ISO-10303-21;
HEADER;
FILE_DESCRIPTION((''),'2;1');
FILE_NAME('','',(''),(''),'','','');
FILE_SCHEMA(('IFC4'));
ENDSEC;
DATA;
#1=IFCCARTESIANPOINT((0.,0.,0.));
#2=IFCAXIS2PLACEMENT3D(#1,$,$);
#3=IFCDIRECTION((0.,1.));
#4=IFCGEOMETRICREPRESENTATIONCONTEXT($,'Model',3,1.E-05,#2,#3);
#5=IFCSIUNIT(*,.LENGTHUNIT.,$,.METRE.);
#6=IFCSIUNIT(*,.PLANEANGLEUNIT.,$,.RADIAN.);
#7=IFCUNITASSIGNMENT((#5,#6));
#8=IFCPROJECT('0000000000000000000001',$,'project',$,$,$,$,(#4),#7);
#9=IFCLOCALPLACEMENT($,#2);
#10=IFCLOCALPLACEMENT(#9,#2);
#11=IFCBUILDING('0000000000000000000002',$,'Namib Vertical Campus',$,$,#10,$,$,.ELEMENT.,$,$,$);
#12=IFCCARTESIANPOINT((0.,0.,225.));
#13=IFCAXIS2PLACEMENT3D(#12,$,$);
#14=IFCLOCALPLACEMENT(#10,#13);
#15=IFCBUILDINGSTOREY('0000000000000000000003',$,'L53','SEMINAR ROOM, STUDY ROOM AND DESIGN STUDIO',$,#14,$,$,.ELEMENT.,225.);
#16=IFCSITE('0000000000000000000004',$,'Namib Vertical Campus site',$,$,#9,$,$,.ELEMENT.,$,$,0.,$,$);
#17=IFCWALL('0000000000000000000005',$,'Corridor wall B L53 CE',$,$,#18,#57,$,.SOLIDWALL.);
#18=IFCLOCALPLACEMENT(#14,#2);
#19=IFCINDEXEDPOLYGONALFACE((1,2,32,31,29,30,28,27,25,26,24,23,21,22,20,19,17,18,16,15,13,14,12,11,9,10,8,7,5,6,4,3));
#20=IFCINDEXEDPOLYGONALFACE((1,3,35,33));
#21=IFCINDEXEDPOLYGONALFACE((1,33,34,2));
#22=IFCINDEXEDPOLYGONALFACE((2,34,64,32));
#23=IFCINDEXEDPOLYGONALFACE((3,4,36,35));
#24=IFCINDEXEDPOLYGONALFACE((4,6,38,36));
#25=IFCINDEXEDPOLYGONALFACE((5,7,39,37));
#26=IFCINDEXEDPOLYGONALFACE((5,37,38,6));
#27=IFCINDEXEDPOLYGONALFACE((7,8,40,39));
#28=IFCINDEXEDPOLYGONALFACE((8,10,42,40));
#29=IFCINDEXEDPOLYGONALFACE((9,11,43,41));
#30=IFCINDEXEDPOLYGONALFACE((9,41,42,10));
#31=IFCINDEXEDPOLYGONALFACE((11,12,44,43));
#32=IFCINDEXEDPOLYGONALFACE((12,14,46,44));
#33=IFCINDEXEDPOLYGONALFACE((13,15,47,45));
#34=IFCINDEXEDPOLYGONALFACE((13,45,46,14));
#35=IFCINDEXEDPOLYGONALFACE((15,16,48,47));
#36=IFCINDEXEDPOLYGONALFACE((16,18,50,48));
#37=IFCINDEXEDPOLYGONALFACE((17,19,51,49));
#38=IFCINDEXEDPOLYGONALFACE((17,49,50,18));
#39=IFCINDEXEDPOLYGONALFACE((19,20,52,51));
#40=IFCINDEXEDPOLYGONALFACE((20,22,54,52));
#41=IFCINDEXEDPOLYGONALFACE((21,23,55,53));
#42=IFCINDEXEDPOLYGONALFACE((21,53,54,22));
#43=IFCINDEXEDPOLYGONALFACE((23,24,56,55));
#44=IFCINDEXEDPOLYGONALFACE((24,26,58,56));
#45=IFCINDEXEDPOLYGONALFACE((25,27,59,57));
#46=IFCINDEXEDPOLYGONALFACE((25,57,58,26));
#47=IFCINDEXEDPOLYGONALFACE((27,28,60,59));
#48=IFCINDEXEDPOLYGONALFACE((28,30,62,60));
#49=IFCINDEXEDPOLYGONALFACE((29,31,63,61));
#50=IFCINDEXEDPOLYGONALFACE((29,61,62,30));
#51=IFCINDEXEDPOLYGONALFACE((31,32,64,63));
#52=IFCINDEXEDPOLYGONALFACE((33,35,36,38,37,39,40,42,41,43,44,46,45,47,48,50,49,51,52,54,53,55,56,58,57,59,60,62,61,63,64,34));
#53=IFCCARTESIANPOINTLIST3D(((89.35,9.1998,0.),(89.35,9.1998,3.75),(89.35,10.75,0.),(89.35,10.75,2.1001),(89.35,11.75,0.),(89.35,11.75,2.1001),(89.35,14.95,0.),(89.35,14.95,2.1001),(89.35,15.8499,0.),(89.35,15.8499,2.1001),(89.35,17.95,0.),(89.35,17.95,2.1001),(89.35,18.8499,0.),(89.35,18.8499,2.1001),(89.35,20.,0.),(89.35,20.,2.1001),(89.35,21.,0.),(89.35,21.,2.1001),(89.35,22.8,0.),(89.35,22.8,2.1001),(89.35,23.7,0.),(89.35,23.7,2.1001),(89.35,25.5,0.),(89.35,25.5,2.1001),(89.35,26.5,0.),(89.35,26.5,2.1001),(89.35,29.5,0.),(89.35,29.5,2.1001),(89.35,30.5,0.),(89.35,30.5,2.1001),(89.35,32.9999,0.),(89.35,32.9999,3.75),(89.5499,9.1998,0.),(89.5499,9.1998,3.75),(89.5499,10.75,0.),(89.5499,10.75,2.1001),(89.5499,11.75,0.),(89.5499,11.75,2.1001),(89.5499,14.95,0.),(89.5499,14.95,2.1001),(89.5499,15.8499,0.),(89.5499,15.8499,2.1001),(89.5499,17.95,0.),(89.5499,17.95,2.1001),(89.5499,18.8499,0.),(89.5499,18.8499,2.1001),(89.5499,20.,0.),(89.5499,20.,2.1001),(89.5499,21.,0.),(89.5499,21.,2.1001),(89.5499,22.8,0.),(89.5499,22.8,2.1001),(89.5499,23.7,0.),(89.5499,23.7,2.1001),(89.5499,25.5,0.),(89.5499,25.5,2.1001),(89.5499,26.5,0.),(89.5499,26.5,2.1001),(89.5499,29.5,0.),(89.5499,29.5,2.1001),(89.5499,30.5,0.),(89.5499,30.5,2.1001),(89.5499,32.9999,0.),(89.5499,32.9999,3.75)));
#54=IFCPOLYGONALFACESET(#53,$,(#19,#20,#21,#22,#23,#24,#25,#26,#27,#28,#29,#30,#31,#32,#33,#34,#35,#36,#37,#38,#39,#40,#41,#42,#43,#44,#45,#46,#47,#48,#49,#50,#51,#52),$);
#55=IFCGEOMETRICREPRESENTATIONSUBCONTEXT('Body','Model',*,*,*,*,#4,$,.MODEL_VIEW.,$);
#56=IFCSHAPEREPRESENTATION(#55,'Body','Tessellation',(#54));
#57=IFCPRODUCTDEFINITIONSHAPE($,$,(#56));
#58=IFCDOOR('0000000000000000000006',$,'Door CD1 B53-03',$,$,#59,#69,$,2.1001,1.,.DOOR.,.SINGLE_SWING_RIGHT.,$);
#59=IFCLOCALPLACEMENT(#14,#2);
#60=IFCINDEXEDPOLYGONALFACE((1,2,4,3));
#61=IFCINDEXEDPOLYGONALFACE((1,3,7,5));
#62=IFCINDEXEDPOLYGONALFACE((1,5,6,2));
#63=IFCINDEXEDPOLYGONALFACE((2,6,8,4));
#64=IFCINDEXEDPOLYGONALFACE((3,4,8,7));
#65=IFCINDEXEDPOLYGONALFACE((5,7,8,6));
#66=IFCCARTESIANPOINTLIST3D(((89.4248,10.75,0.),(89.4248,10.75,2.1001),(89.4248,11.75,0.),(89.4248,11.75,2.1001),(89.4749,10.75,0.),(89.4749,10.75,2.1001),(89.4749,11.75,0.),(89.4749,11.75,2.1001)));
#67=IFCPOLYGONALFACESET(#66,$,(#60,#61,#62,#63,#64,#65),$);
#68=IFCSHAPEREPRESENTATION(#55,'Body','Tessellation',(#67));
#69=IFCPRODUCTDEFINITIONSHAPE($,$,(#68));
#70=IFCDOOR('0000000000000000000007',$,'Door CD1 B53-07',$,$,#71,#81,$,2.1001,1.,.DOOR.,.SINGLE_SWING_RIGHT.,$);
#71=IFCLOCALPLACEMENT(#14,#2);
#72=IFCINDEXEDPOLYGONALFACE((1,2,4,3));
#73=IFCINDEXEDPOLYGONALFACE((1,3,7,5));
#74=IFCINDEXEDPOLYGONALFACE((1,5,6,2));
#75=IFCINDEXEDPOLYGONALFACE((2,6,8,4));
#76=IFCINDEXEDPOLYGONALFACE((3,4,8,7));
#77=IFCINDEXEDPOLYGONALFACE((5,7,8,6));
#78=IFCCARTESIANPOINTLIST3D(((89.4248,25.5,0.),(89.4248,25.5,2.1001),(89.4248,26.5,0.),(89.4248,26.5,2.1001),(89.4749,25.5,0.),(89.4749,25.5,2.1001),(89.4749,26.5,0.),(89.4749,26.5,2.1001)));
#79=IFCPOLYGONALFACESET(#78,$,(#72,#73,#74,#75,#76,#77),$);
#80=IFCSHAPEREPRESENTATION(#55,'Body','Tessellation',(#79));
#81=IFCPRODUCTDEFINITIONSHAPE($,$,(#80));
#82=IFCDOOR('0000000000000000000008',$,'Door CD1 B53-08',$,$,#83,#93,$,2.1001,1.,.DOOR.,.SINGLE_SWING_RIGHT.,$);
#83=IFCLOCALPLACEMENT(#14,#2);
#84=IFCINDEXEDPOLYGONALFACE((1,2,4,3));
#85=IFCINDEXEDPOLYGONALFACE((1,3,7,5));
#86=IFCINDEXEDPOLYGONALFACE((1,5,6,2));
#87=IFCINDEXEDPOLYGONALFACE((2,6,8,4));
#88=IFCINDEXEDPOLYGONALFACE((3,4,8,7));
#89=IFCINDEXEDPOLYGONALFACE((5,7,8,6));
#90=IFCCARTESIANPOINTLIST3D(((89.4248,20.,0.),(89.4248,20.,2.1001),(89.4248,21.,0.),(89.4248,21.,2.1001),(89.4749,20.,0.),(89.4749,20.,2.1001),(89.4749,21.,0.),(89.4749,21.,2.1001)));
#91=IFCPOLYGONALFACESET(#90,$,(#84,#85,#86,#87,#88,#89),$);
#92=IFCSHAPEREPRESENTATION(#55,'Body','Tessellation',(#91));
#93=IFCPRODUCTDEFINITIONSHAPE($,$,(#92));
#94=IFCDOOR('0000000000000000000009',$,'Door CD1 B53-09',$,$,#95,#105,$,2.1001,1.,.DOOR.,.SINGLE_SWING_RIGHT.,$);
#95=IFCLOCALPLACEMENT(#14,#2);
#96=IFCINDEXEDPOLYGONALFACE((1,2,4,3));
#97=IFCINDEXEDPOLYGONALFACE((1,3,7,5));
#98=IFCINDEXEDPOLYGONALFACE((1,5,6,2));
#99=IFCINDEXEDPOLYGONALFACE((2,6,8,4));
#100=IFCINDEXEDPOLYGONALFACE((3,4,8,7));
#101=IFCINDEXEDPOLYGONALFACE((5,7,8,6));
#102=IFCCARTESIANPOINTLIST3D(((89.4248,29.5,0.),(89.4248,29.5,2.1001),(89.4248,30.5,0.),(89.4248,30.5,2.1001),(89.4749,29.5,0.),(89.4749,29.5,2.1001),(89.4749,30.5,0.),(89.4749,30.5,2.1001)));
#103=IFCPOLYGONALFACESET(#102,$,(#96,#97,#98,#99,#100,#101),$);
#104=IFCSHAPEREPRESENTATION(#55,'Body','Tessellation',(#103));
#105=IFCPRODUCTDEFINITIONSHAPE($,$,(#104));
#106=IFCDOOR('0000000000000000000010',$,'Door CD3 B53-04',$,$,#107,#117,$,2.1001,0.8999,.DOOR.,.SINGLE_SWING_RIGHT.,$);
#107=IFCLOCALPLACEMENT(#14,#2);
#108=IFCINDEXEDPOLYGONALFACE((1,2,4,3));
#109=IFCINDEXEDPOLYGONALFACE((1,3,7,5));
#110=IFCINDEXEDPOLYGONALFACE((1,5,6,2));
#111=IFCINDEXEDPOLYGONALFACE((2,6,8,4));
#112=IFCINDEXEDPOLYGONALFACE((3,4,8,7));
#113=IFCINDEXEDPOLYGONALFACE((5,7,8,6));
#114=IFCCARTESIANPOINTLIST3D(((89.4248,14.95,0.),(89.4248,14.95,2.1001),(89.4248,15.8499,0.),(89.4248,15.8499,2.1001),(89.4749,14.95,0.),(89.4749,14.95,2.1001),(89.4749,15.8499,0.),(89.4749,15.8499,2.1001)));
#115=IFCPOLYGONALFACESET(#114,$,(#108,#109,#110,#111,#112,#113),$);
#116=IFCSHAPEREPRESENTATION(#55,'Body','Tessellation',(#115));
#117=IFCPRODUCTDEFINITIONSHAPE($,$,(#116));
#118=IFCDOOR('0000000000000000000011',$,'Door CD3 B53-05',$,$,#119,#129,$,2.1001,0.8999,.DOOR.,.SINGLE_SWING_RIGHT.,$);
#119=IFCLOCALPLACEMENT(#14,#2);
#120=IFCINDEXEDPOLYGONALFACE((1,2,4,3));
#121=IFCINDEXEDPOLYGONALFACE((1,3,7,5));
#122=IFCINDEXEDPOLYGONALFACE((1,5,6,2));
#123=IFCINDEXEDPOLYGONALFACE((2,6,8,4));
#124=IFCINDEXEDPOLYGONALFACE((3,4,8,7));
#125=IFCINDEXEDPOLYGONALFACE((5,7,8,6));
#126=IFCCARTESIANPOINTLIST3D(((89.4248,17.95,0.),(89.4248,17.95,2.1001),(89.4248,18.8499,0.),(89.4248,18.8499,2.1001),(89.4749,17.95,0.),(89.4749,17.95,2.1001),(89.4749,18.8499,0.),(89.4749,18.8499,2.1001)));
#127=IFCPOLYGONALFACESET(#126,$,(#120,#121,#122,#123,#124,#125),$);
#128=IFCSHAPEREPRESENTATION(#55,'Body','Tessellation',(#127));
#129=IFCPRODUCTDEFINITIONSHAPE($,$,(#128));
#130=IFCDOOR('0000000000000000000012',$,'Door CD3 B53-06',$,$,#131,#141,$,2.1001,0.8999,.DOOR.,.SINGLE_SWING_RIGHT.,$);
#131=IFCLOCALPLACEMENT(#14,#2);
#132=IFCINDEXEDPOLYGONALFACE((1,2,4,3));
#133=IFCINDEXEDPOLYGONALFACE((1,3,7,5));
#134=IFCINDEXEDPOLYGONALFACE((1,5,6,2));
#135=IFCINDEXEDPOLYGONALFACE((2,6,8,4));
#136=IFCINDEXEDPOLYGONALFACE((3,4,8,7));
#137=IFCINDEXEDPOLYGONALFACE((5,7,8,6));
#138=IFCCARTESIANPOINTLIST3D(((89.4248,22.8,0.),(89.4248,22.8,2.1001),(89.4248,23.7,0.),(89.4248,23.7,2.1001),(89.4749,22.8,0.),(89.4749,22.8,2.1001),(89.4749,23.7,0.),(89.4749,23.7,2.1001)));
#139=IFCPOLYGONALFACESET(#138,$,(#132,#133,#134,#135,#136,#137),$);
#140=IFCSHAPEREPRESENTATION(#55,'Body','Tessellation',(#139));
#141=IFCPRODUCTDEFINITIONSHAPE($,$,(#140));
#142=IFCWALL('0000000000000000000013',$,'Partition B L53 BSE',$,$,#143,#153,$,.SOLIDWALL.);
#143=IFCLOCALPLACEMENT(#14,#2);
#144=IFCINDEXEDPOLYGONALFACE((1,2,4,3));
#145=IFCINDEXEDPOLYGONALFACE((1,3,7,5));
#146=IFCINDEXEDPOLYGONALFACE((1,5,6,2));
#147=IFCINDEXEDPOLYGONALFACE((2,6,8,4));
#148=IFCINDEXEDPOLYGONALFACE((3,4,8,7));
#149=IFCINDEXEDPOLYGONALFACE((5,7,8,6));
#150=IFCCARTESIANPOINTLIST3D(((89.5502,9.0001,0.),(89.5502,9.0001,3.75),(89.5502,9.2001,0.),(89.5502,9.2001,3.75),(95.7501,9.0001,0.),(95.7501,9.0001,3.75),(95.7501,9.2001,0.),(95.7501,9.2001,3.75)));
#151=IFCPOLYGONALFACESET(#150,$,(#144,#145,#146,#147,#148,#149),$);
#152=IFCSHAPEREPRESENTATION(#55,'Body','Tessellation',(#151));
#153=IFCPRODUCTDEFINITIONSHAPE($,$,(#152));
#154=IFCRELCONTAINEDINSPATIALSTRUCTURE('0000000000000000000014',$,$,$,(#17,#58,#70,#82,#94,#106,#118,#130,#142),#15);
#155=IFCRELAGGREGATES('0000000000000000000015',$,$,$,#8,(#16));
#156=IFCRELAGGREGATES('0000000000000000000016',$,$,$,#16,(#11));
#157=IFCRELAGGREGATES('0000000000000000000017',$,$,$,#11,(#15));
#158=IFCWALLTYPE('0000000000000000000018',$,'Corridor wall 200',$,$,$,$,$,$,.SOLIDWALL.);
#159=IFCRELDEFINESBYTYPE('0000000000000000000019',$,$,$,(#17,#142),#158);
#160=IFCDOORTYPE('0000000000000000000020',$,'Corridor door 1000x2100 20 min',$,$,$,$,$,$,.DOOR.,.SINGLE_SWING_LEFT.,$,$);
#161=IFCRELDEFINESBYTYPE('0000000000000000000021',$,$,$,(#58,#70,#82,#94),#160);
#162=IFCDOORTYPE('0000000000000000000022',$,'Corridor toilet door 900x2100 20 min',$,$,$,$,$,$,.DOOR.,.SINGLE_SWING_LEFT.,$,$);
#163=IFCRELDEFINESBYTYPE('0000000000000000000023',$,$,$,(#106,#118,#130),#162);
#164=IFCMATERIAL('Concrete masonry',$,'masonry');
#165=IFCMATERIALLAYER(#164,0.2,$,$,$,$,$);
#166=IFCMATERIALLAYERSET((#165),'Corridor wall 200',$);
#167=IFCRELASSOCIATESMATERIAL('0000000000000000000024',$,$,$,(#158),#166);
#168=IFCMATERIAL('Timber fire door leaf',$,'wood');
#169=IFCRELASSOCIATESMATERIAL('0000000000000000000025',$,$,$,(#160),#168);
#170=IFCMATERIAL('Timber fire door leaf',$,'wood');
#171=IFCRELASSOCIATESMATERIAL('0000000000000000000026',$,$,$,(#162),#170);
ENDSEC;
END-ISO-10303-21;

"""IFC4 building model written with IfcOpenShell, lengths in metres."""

from ifc_helpers import new_model, si_unit, direction, frame, frame_2d, origin, place, context, subcontext, project, spatial, rectangle, extrude, material, layer, layer_set, type_object, element, fill, save


model = new_model("IFC4")

# Units and contexts
model_context = context("Model", 3, precision=1e-05, world=origin(), true_north=direction((0.0, 1.0)))
body_context = subcontext(model_context, "Body", "Model", "MODEL_VIEW")
ifc_project = project(units=[si_unit("LENGTHUNIT", "METRE"), si_unit("PLANEANGLEUNIT", "RADIAN")], contexts=[model_context])

# Site, building, storey
site_placement = place(None, origin())
site = spatial("IfcSite", under=ifc_project, at=site_placement, Name="Namib Vertical Campus site", CompositionType="ELEMENT", RefElevation=0.0)
building_placement = place(site_placement, origin())
building = spatial("IfcBuilding", under=site, at=building_placement, Name="Namib Vertical Campus", CompositionType="ELEMENT")
storey_placement = place(building_placement, frame((0.0, 0.0, 225.0)))
storey = spatial("IfcBuildingStorey", under=building, at=storey_placement, Name="L53", Description="SEMINAR ROOM, STUDY ROOM AND DESIGN STUDIO", CompositionType="ELEMENT", Elevation=225.0)

# Wall, openings, doors
ifc_material_1 = material(Name="Concrete masonry", Category="masonry")
ifc_layer_1 = layer(ifc_material_1, 0.2)
ifc_layer_set_1 = layer_set([ifc_layer_1], Name="Corridor wall 200")
wall_type_1 = type_object("IfcWallType", Name="Corridor wall 200", PredefinedType="SOLIDWALL", material=ifc_layer_set_1)
wall_1_placement = place(storey_placement, frame((89.45, 9.2, 0.0), z_axis=(0.0, 0.0, 1.0), x_axis=(0.0, 1.0, 0.0)))
wall_1 = element("IfcWall", 1, at=wall_1_placement, inside=storey, type_object=wall_type_1, Name="Corridor wall B L53 CE", PredefinedType="SOLIDWALL", context=body_context, shape_type="SweptSolid", body=[
    extrude(rectangle(XDim=23.8, YDim=0.2, at=frame_2d((11.8999, 0.0))), origin(), (0.0, 0.0, 1.0), 3.75),
])
opening_1_placement = place(wall_1_placement, frame((1.55, 0.0, 0.0)))
opening_1 = element("IfcOpeningElement", 2, at=opening_1_placement, cuts=wall_1, PredefinedType="OPENING", context=body_context, shape_type="SweptSolid", body=[
    extrude(rectangle(XDim=1.0, YDim=2.1001, at=frame_2d((0.5, 1.05))), frame((0.0, 0.1099, 0.0), z_axis=(0.0, -1.0, 0.0), x_axis=(1.0, 0.0, 0.0)), (0.0, 0.0, 1.0), 0.22),
])
opening_2_placement = place(wall_1_placement, frame((5.75, 0.0, 0.0)))
opening_2 = element("IfcOpeningElement", 3, at=opening_2_placement, cuts=wall_1, PredefinedType="OPENING", context=body_context, shape_type="SweptSolid", body=[
    extrude(rectangle(XDim=0.8999, YDim=2.1001, at=frame_2d((0.45, 1.05))), frame((0.0, 0.1099, 0.0), z_axis=(0.0, -1.0, 0.0), x_axis=(1.0, 0.0, 0.0)), (0.0, 0.0, 1.0), 0.22),
])
opening_3_placement = place(wall_1_placement, frame((8.75, 0.0, 0.0)))
opening_3 = element("IfcOpeningElement", 4, at=opening_3_placement, cuts=wall_1, PredefinedType="OPENING", context=body_context, shape_type="SweptSolid", body=[
    extrude(rectangle(XDim=0.8999, YDim=2.1001, at=frame_2d((0.45, 1.05))), frame((0.0, 0.1099, 0.0), z_axis=(0.0, -1.0, 0.0), x_axis=(1.0, 0.0, 0.0)), (0.0, 0.0, 1.0), 0.22),
])
opening_4_placement = place(wall_1_placement, frame((13.6001, 0.0, 0.0)))
opening_4 = element("IfcOpeningElement", 5, at=opening_4_placement, cuts=wall_1, PredefinedType="OPENING", context=body_context, shape_type="SweptSolid", body=[
    extrude(rectangle(XDim=0.8999, YDim=2.1001, at=frame_2d((0.45, 1.05))), frame((0.0, 0.1099, 0.0), z_axis=(0.0, -1.0, 0.0), x_axis=(1.0, 0.0, 0.0)), (0.0, 0.0, 1.0), 0.22),
])
opening_5_placement = place(wall_1_placement, frame((16.3, 0.0, 0.0)))
opening_5 = element("IfcOpeningElement", 6, at=opening_5_placement, cuts=wall_1, PredefinedType="OPENING", context=body_context, shape_type="SweptSolid", body=[
    extrude(rectangle(XDim=1.0, YDim=2.1001, at=frame_2d((0.5, 1.05))), frame((0.0, 0.1099, 0.0), z_axis=(0.0, -1.0, 0.0), x_axis=(1.0, 0.0, 0.0)), (0.0, 0.0, 1.0), 0.22),
])
opening_6_placement = place(wall_1_placement, frame((10.8, 0.0, 0.0)))
opening_6 = element("IfcOpeningElement", 7, at=opening_6_placement, cuts=wall_1, PredefinedType="OPENING", context=body_context, shape_type="SweptSolid", body=[
    extrude(rectangle(XDim=1.0, YDim=2.1001, at=frame_2d((0.5, 1.05))), frame((0.0, 0.1099, 0.0), z_axis=(0.0, -1.0, 0.0), x_axis=(1.0, 0.0, 0.0)), (0.0, 0.0, 1.0), 0.22),
])
opening_7_placement = place(wall_1_placement, frame((20.3, 0.0, 0.0)))
opening_7 = element("IfcOpeningElement", 8, at=opening_7_placement, cuts=wall_1, PredefinedType="OPENING", context=body_context, shape_type="SweptSolid", body=[
    extrude(rectangle(XDim=1.0, YDim=2.1001, at=frame_2d((0.5, 1.05))), frame((0.0, 0.1099, 0.0), z_axis=(0.0, -1.0, 0.0), x_axis=(1.0, 0.0, 0.0)), (0.0, 0.0, 1.0), 0.22),
])
ifc_material_2 = material(Name="Timber fire door leaf", Category="wood")
door_type_1 = type_object("IfcDoorType", Name="Corridor door 1000x2100 20 min", OperationType="SINGLE_SWING_LEFT", PredefinedType="DOOR", material=ifc_material_2)
door_1_placement = place(opening_1_placement, frame((1.0, 0.0, 0.0), z_axis=(0.0, 0.0, 1.0), x_axis=(-1.0, 0.0, 0.0)))
door_1 = element("IfcDoor", 9, at=door_1_placement, inside=storey, type_object=door_type_1, Name="Door CD1 B53-03", OperationType="SINGLE_SWING_RIGHT", OverallHeight=2.1001, OverallWidth=1.0, PredefinedType="DOOR", context=body_context, shape_type="SweptSolid", body=[
    extrude(rectangle(XDim=1.0, YDim=2.1001, at=frame_2d((0.5, 1.05))), frame((0.0, 0.0249, 0.0), z_axis=(0.0, -1.0, 0.0), x_axis=(1.0, 0.0, 0.0)), (0.0, 0.0, 1.0), 0.05),
])
fill(opening_1, door_1)
door_2_placement = place(opening_5_placement, frame((1.0, 0.0, 0.0), z_axis=(0.0, 0.0, 1.0), x_axis=(-1.0, 0.0, 0.0)))
door_2 = element("IfcDoor", 10, at=door_2_placement, inside=storey, type_object=door_type_1, Name="Door CD1 B53-07", OperationType="SINGLE_SWING_RIGHT", OverallHeight=2.1001, OverallWidth=1.0, PredefinedType="DOOR", context=body_context, shape_type="SweptSolid", body=[
    extrude(rectangle(XDim=1.0, YDim=2.1001, at=frame_2d((0.5, 1.05))), frame((0.0, 0.0249, 0.0), z_axis=(0.0, -1.0, 0.0), x_axis=(1.0, 0.0, 0.0)), (0.0, 0.0, 1.0), 0.05),
])
fill(opening_5, door_2)
door_3_placement = place(opening_6_placement, frame((1.0, 0.0, 0.0), z_axis=(0.0, 0.0, 1.0), x_axis=(-1.0, 0.0, 0.0)))
door_3 = element("IfcDoor", 11, at=door_3_placement, inside=storey, type_object=door_type_1, Name="Door CD1 B53-08", OperationType="SINGLE_SWING_RIGHT", OverallHeight=2.1001, OverallWidth=1.0, PredefinedType="DOOR", context=body_context, shape_type="SweptSolid", body=[
    extrude(rectangle(XDim=1.0, YDim=2.1001, at=frame_2d((0.5, 1.05))), frame((0.0, 0.0249, 0.0), z_axis=(0.0, -1.0, 0.0), x_axis=(1.0, 0.0, 0.0)), (0.0, 0.0, 1.0), 0.05),
])
fill(opening_6, door_3)
door_4_placement = place(opening_7_placement, frame((1.0, 0.0, 0.0), z_axis=(0.0, 0.0, 1.0), x_axis=(-1.0, 0.0, 0.0)))
door_4 = element("IfcDoor", 12, at=door_4_placement, inside=storey, type_object=door_type_1, Name="Door CD1 B53-09", OperationType="SINGLE_SWING_RIGHT", OverallHeight=2.1001, OverallWidth=1.0, PredefinedType="DOOR", context=body_context, shape_type="SweptSolid", body=[
    extrude(rectangle(XDim=1.0, YDim=2.1001, at=frame_2d((0.5, 1.05))), frame((0.0, 0.0249, 0.0), z_axis=(0.0, -1.0, 0.0), x_axis=(1.0, 0.0, 0.0)), (0.0, 0.0, 1.0), 0.05),
])
fill(opening_7, door_4)
ifc_material_3 = material(Name="Timber fire door leaf", Category="wood")
door_type_2 = type_object("IfcDoorType", Name="Corridor toilet door 900x2100 20 min", OperationType="SINGLE_SWING_LEFT", PredefinedType="DOOR", material=ifc_material_3)
door_5_placement = place(opening_2_placement, frame((0.8999, 0.0, 0.0), z_axis=(0.0, 0.0, 1.0), x_axis=(-1.0, 0.0, 0.0)))
door_5 = element("IfcDoor", 13, at=door_5_placement, inside=storey, type_object=door_type_2, Name="Door CD3 B53-04", OperationType="SINGLE_SWING_RIGHT", OverallHeight=2.1001, OverallWidth=0.8999, PredefinedType="DOOR", context=body_context, shape_type="SweptSolid", body=[
    extrude(rectangle(XDim=0.8999, YDim=2.1001, at=frame_2d((0.45, 1.05))), frame((0.0, 0.0249, 0.0), z_axis=(0.0, -1.0, 0.0), x_axis=(1.0, 0.0, 0.0)), (0.0, 0.0, 1.0), 0.05),
])
fill(opening_2, door_5)
door_6_placement = place(opening_3_placement, frame((0.8999, 0.0, 0.0), z_axis=(0.0, 0.0, 1.0), x_axis=(-1.0, 0.0, 0.0)))
door_6 = element("IfcDoor", 14, at=door_6_placement, inside=storey, type_object=door_type_2, Name="Door CD3 B53-05", OperationType="SINGLE_SWING_RIGHT", OverallHeight=2.1001, OverallWidth=0.8999, PredefinedType="DOOR", context=body_context, shape_type="SweptSolid", body=[
    extrude(rectangle(XDim=0.8999, YDim=2.1001, at=frame_2d((0.45, 1.05))), frame((0.0, 0.0249, 0.0), z_axis=(0.0, -1.0, 0.0), x_axis=(1.0, 0.0, 0.0)), (0.0, 0.0, 1.0), 0.05),
])
fill(opening_3, door_6)
door_7_placement = place(opening_4_placement, frame((0.8999, 0.0, 0.0), z_axis=(0.0, 0.0, 1.0), x_axis=(-1.0, 0.0, 0.0)))
door_7 = element("IfcDoor", 15, at=door_7_placement, inside=storey, type_object=door_type_2, Name="Door CD3 B53-06", OperationType="SINGLE_SWING_RIGHT", OverallHeight=2.1001, OverallWidth=0.8999, PredefinedType="DOOR", context=body_context, shape_type="SweptSolid", body=[
    extrude(rectangle(XDim=0.8999, YDim=2.1001, at=frame_2d((0.45, 1.05))), frame((0.0, 0.0249, 0.0), z_axis=(0.0, -1.0, 0.0), x_axis=(1.0, 0.0, 0.0)), (0.0, 0.0, 1.0), 0.05),
])
fill(opening_4, door_7)

# Wall
wall_2_placement = place(storey_placement, frame((89.55, 9.1001, 0.0), z_axis=(0.0, 0.0, 1.0), x_axis=(1.0, 0.0, 0.0)))
element("IfcWall", 16, at=wall_2_placement, inside=storey, type_object=wall_type_1, Name="Partition B L53 BSE", PredefinedType="SOLIDWALL", context=body_context, shape_type="SweptSolid", body=[
    extrude(rectangle(XDim=6.2, YDim=0.2, at=frame_2d((3.1001, 0.0))), origin(), (0.0, 0.0, 1.0), 3.75),
])

save(model, "model.ifc")
